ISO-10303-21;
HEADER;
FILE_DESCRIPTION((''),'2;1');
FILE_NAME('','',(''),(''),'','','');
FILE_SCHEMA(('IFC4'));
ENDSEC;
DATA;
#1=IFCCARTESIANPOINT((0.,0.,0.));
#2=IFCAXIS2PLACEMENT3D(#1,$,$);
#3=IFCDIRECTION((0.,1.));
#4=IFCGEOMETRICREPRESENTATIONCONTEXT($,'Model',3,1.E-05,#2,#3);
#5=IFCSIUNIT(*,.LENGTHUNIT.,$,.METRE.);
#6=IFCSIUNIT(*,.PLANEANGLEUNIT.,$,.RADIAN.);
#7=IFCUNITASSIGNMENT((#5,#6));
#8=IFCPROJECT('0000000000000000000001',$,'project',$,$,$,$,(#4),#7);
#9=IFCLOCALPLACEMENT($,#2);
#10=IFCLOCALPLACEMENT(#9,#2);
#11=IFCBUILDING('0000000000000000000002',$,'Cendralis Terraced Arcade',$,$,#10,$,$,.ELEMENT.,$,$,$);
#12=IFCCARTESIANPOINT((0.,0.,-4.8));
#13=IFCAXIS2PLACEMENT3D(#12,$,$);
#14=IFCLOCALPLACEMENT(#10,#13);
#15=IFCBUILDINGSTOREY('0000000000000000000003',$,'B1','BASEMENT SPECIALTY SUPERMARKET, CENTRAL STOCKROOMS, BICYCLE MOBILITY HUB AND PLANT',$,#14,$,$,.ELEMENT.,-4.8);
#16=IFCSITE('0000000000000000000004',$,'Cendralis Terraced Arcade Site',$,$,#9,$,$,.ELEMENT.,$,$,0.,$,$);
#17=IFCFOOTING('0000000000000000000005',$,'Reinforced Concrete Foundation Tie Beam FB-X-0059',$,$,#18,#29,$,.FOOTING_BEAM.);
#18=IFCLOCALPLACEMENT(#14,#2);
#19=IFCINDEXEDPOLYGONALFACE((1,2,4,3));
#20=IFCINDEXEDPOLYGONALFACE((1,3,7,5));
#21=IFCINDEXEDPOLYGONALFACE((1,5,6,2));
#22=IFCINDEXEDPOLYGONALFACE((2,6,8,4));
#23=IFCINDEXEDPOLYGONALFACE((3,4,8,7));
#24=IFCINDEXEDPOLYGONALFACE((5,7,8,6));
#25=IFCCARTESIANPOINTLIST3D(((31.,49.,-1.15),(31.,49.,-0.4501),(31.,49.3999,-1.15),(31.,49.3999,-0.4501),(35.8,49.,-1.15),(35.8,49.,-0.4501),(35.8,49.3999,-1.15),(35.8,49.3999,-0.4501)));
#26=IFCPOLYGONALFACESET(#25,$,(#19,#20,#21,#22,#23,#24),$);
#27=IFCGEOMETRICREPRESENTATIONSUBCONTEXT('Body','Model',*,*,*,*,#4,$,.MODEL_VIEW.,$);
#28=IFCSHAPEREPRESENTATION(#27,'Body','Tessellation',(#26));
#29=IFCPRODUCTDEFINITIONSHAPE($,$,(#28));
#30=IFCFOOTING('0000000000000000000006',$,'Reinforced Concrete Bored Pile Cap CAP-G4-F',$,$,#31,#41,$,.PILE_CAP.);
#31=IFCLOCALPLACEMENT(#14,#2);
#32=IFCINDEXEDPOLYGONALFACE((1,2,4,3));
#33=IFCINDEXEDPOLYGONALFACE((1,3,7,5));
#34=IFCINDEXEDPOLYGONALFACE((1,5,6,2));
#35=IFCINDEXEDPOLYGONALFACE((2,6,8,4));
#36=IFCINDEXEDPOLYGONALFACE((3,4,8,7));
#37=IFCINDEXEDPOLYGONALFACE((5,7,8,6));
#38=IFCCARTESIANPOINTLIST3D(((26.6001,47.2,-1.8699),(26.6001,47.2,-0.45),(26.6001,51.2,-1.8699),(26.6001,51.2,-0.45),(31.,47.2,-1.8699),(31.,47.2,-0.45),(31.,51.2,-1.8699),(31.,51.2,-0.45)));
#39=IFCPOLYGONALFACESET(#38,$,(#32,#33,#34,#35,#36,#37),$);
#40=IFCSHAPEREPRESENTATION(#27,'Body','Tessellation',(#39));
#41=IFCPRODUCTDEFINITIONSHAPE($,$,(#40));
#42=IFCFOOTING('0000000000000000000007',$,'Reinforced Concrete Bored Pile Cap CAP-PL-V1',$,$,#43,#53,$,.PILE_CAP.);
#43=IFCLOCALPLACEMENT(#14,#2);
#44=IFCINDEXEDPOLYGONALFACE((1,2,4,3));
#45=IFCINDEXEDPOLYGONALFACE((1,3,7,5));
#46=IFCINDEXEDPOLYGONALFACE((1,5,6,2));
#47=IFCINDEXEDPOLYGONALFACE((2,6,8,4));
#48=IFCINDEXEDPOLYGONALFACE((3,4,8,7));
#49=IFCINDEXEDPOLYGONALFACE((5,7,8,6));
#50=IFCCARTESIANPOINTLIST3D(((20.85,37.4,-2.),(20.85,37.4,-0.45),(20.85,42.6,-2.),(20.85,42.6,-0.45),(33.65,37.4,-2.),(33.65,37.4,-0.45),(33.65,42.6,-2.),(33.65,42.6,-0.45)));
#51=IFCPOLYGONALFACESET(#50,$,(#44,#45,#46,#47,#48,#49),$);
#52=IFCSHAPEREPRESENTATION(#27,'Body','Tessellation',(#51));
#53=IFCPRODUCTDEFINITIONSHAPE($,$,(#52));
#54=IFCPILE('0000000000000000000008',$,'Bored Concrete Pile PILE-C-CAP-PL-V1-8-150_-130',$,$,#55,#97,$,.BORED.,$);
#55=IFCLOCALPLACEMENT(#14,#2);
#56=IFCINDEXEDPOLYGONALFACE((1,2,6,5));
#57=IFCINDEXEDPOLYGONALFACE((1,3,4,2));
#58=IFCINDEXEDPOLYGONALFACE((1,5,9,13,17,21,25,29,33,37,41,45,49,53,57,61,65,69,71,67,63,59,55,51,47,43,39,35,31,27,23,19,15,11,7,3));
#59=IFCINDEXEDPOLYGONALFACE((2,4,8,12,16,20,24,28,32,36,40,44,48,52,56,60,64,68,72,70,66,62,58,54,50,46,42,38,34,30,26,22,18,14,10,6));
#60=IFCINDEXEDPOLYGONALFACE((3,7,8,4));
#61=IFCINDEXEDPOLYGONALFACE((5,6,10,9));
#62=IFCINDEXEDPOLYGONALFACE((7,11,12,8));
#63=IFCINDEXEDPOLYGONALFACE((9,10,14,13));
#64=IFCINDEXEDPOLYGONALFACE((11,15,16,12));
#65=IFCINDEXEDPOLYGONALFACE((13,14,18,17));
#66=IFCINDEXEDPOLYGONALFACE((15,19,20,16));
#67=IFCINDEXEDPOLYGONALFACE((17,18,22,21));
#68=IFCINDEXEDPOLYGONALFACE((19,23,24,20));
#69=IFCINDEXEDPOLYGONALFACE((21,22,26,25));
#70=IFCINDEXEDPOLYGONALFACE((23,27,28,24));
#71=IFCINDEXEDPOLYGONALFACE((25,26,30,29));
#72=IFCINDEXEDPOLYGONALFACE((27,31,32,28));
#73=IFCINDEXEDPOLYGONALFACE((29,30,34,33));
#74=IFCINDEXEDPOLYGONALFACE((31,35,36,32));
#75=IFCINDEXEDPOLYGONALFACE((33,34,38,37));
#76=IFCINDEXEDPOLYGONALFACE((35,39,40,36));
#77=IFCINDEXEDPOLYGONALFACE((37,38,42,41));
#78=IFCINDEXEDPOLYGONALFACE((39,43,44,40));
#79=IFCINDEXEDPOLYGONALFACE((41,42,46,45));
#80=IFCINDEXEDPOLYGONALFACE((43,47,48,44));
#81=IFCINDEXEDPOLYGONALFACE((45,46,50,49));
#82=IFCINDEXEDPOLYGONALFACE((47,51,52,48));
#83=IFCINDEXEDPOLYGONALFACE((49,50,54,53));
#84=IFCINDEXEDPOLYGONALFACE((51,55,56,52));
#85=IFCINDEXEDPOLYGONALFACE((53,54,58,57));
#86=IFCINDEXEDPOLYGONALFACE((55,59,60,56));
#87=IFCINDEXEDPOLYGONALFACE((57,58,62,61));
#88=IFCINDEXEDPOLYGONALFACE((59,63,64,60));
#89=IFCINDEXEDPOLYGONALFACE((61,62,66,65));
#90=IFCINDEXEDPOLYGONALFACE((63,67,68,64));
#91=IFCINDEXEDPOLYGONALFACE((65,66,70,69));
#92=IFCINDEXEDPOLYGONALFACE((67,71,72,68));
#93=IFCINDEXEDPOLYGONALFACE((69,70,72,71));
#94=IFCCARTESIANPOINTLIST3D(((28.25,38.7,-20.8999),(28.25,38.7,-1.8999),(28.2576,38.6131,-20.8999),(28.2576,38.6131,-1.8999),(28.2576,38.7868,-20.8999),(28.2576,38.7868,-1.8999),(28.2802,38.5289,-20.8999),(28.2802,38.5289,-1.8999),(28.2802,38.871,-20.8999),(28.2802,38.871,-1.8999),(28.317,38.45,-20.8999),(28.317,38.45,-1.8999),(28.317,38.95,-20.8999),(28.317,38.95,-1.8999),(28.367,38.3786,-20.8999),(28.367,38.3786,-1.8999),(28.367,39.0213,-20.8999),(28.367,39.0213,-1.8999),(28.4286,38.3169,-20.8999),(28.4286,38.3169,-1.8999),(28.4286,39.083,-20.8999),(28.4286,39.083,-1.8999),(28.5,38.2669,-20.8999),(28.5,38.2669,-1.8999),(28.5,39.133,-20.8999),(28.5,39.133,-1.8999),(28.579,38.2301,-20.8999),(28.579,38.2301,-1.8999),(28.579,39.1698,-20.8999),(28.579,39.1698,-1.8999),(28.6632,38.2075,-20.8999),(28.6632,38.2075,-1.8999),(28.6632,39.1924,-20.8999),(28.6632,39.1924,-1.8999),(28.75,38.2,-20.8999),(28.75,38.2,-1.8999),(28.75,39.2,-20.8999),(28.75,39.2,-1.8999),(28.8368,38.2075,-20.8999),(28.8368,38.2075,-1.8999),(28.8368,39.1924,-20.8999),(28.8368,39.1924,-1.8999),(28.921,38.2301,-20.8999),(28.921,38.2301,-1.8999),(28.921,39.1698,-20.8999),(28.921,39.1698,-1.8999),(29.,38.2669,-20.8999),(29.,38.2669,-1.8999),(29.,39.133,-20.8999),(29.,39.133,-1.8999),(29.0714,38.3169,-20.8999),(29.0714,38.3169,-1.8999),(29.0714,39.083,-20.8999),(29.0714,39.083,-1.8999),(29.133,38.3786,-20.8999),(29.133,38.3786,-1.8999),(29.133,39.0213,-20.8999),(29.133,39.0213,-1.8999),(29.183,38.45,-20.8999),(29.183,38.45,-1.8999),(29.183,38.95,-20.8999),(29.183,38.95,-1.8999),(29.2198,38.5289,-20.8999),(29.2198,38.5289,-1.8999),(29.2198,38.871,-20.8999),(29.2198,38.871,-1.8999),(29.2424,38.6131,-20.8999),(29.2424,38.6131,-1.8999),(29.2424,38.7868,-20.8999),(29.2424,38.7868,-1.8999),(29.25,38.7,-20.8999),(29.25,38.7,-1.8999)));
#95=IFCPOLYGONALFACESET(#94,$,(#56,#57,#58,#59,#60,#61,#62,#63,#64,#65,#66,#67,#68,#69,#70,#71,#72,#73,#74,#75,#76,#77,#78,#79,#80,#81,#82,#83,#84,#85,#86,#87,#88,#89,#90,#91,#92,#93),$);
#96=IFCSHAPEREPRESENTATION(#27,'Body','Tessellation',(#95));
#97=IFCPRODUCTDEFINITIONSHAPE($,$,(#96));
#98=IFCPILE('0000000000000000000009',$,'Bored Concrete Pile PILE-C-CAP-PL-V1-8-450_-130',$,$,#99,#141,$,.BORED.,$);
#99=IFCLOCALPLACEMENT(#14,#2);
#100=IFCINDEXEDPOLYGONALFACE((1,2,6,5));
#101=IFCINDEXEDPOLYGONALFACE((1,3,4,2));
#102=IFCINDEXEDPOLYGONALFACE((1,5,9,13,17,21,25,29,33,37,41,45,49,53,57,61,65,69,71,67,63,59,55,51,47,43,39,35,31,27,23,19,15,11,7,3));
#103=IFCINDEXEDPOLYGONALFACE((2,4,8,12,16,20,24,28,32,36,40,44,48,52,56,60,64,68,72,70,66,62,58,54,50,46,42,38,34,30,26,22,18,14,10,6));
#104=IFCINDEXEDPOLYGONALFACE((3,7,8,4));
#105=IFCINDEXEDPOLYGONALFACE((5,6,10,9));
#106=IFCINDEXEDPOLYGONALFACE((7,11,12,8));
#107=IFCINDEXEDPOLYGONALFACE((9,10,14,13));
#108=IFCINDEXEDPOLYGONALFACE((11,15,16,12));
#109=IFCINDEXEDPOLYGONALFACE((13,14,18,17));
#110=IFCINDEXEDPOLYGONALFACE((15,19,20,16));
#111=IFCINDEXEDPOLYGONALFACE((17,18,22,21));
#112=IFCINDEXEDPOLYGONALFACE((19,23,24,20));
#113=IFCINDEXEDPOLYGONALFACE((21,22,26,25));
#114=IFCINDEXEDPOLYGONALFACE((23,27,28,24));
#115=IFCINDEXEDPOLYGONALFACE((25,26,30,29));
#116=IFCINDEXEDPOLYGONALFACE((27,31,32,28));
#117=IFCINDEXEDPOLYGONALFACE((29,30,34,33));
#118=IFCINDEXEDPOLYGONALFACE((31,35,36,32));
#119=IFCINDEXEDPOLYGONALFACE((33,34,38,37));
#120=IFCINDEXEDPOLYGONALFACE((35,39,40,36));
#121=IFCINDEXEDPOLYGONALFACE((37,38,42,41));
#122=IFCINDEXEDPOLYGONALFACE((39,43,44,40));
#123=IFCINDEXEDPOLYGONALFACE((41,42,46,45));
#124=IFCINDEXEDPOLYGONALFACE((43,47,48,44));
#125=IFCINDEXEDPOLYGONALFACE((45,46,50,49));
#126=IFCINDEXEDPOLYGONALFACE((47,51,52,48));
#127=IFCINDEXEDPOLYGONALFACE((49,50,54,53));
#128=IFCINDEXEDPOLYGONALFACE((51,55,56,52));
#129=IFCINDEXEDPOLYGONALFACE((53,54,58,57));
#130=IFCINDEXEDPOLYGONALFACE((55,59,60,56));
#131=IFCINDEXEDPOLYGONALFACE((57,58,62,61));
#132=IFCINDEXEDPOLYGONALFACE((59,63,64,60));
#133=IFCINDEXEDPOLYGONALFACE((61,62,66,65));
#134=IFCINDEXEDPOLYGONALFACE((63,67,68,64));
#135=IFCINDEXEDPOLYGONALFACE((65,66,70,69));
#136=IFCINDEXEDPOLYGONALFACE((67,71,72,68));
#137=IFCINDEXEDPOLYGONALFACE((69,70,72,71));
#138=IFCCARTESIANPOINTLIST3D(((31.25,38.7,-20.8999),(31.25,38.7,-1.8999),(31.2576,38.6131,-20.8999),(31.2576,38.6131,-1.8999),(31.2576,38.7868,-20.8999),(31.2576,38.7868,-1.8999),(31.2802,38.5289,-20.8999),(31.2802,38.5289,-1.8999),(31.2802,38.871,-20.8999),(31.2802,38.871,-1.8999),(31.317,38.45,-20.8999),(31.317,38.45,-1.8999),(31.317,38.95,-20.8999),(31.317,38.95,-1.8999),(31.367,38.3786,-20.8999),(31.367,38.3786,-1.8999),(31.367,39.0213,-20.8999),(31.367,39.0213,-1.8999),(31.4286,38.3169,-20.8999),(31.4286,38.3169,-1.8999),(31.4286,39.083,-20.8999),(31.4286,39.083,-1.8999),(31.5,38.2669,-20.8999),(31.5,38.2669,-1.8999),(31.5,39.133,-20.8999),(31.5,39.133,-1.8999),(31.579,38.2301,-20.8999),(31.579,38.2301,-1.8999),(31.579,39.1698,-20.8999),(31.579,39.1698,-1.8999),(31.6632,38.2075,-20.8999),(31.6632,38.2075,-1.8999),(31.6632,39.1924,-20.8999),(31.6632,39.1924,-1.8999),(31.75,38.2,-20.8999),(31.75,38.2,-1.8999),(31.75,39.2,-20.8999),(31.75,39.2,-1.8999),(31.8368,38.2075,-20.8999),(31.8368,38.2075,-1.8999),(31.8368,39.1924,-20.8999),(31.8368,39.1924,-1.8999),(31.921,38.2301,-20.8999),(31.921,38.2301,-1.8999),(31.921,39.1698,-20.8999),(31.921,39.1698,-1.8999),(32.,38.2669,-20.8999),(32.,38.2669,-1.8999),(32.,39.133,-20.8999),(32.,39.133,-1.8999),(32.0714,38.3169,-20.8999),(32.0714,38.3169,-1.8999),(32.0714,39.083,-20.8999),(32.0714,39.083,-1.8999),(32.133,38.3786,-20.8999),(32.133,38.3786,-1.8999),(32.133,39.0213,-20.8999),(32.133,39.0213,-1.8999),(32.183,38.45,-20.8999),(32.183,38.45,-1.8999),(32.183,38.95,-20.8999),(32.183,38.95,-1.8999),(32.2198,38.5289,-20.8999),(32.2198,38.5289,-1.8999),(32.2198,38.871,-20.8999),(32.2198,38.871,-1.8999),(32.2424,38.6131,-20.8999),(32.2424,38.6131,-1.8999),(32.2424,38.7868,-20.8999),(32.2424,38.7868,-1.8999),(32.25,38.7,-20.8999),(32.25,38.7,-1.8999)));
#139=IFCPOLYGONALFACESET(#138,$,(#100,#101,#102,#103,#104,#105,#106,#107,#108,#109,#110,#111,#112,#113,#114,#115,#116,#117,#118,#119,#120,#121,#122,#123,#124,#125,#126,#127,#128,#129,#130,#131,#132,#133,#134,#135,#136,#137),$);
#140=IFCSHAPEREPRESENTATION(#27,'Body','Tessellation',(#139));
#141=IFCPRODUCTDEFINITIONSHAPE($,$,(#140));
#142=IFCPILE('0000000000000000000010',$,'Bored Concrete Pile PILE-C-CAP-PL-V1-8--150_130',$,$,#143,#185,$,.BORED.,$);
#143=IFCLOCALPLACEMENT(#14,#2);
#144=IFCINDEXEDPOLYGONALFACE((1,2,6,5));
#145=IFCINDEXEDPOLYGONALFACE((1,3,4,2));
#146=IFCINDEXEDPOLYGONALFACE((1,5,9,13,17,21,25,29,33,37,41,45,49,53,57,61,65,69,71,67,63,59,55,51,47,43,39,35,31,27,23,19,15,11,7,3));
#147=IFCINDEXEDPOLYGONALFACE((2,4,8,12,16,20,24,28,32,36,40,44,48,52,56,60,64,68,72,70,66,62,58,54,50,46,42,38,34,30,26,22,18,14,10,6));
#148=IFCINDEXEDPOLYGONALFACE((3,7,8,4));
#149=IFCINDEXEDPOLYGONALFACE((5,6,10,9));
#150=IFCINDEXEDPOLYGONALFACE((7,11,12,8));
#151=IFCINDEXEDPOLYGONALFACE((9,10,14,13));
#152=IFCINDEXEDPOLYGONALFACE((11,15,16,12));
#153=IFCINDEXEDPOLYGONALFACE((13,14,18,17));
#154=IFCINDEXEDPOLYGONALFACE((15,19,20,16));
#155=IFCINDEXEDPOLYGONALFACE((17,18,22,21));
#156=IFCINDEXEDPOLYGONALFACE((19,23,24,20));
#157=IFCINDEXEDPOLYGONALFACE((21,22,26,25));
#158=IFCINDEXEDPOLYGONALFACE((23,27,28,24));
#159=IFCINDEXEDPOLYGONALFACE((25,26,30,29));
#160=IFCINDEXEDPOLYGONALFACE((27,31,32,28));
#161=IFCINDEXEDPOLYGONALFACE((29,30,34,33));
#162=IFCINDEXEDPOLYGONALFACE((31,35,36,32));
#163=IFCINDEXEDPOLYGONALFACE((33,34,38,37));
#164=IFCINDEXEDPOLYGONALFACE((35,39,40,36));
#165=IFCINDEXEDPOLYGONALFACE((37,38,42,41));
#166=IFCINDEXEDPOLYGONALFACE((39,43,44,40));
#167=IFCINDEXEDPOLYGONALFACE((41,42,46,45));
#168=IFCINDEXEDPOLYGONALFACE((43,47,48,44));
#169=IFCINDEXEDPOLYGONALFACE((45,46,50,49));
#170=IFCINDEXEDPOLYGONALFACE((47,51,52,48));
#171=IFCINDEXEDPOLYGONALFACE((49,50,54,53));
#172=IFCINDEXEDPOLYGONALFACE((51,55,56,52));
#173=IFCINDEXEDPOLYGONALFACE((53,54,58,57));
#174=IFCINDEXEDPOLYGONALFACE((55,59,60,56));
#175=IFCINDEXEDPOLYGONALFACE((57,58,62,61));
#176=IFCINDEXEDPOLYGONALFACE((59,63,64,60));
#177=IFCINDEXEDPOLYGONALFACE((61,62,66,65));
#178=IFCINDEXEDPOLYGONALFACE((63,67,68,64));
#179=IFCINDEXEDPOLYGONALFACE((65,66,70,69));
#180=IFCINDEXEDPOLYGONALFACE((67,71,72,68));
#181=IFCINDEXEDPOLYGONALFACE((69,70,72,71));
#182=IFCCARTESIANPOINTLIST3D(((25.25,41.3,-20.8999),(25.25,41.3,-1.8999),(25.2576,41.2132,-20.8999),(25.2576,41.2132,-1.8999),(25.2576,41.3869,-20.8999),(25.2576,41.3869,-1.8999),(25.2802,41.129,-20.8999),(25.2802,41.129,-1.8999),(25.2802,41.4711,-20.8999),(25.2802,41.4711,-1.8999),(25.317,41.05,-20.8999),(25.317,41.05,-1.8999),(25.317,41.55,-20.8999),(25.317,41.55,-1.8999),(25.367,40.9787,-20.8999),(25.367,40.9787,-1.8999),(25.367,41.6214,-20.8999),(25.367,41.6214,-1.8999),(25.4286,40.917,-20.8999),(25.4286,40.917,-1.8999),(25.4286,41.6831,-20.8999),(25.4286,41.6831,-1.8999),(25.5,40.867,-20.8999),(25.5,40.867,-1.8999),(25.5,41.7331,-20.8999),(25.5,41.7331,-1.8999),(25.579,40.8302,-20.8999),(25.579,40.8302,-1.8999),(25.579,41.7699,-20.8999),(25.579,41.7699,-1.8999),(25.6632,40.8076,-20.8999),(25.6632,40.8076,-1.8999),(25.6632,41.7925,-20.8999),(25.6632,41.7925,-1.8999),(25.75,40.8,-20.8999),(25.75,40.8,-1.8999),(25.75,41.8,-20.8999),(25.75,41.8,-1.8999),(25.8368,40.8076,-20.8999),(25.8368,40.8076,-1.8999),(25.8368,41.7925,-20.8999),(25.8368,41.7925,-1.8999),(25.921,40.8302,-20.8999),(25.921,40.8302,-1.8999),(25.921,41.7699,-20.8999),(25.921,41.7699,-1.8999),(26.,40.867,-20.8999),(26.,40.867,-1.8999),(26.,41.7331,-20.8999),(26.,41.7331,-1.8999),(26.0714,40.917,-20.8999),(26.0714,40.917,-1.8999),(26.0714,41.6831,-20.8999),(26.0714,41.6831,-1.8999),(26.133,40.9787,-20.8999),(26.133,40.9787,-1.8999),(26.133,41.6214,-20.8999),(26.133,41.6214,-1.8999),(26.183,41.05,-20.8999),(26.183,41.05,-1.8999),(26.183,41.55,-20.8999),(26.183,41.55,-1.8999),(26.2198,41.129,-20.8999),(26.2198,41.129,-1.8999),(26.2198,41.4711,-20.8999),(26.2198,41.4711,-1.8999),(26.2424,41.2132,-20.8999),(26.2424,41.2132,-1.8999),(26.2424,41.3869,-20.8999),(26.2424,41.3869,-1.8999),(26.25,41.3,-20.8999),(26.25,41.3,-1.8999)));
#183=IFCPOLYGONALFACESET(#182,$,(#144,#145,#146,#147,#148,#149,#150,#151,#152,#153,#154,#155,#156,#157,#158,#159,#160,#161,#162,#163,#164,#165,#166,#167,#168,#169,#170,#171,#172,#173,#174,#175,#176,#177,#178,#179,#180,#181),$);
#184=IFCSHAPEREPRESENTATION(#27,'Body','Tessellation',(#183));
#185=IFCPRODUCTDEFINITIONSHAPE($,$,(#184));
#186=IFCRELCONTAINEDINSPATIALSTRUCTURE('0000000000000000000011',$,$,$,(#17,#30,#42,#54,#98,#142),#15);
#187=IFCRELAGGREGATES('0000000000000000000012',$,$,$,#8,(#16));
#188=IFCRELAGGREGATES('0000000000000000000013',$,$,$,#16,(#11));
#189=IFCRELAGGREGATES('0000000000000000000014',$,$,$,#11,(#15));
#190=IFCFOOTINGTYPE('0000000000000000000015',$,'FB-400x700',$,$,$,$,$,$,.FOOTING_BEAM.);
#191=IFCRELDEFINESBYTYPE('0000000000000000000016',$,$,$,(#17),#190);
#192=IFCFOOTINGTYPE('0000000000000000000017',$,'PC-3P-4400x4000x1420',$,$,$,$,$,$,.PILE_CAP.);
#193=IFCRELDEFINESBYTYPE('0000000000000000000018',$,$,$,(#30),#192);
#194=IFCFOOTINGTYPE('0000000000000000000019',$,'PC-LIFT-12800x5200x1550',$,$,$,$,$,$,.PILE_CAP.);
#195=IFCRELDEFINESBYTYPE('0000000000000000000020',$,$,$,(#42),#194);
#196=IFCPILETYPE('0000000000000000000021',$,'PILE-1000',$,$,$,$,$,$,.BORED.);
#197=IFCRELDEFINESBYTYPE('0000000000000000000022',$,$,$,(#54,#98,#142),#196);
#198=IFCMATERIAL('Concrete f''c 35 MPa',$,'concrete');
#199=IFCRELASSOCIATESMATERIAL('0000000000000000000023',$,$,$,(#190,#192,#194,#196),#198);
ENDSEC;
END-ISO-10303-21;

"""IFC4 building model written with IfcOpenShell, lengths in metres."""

from ifc_helpers import new_model, si_unit, direction, frame, origin, origin_2d, place, context, subcontext, project, spatial, rectangle, circle, extrude, material, material_profile, profile_set, type_object, element, save


model = new_model("IFC4")

# Units and contexts
model_context = context("Model", 3, precision=1e-05, world=origin(), true_north=direction((0.0, 1.0)))
body_context = subcontext(model_context, "Body", "Model", "MODEL_VIEW")
ifc_project = project(units=[si_unit("LENGTHUNIT", "METRE"), si_unit("PLANEANGLEUNIT", "RADIAN")], contexts=[model_context])

# Site, building, storey
site_placement = place(None, origin())
site = spatial("IfcSite", under=ifc_project, at=site_placement, Name="Cendralis Terraced Arcade Site", CompositionType="ELEMENT", RefElevation=0.0)
building_placement = place(site_placement, origin())
building = spatial("IfcBuilding", under=site, at=building_placement, Name="Cendralis Terraced Arcade", CompositionType="ELEMENT")
storey_placement = place(building_placement, frame((0.0, 0.0, -4.8)))
storey = spatial("IfcBuildingStorey", under=building, at=storey_placement, Name="B1", Description="BASEMENT SPECIALTY SUPERMARKET, CENTRAL STOCKROOMS, BICYCLE MOBILITY HUB AND PLANT", CompositionType="ELEMENT", Elevation=-4.8)

# Footings
ifc_material_1 = material(Name="Concrete f'c 35 MPa", Category="concrete")
ifc_material_profile_1 = material_profile(ifc_material_1, rectangle(XDim=0.3999, YDim=0.7, at=origin_2d()), Name="FB-400x700", Category="LoadBearing")
ifc_profile_set_1 = profile_set([ifc_material_profile_1], Name="Concrete f'c 35 MPa")
footing_type_1 = type_object("IfcFootingType", Name="FB-400x700", PredefinedType="FOOTING_BEAM", material=ifc_profile_set_1)
footing_1_placement = place(storey_placement, frame((31.0, 49.2, -0.8), z_axis=(1.0, 0.0, 0.0), x_axis=(0.0, 1.0, 0.0)))
element("IfcFooting", 1, at=footing_1_placement, inside=storey, type_object=footing_type_1, Name="Reinforced Concrete Foundation Tie Beam FB-X-0059", PredefinedType="FOOTING_BEAM", context=body_context, shape_type="SweptSolid", body=[
    extrude(rectangle(XDim=0.3999, YDim=0.7, at=origin_2d()), origin(), (0.0, 0.0, 1.0), 4.8),
])
footing_type_2 = type_object("IfcFootingType", Name="PC-3P-4400x4000x1420", PredefinedType="PILE_CAP", material=ifc_material_1)
footing_2_placement = place(storey_placement, frame((28.8, 49.2, -1.8699), z_axis=(0.0, 0.0, 1.0), x_axis=(1.0, 0.0, 0.0)))
element("IfcFooting", 2, at=footing_2_placement, inside=storey, type_object=footing_type_2, Name="Reinforced Concrete Bored Pile Cap CAP-G4-F", PredefinedType="PILE_CAP", context=body_context, shape_type="SweptSolid", body=[
    extrude(rectangle(XDim=4.3999, YDim=4.0, at=origin_2d()), origin(), (0.0, 0.0, 1.0), 1.4199),
])
footing_type_3 = type_object("IfcFootingType", Name="PC-LIFT-12800x5200x1550", PredefinedType="PILE_CAP", material=ifc_material_1)
footing_3_placement = place(storey_placement, frame((27.25, 40.0, -2.0), z_axis=(0.0, 0.0, 1.0), x_axis=(1.0, 0.0, 0.0)))
element("IfcFooting", 3, at=footing_3_placement, inside=storey, type_object=footing_type_3, Name="Reinforced Concrete Bored Pile Cap CAP-PL-V1", PredefinedType="PILE_CAP", context=body_context, shape_type="SweptSolid", body=[
    extrude(rectangle(XDim=12.8, YDim=5.2, at=origin_2d()), origin(), (0.0, 0.0, 1.0), 1.55),
])

# Piles
ifc_material_profile_2 = material_profile(ifc_material_1, circle(Radius=0.5, at=origin_2d()), Name="PILE-D1000", Category="LoadBearing")
ifc_profile_set_2 = profile_set([ifc_material_profile_2], Name="Concrete f'c 35 MPa")
pile_type_1 = type_object("IfcPileType", Name="PILE-1000", PredefinedType="BORED", material=ifc_profile_set_2)
for number, where, z_axis, x_axis, name in (
    (4, (28.75, 38.7, -1.8999), (0.0, 0.0, -1.0), (1.0, 0.0, 0.0), "Bored Concrete Pile PILE-C-CAP-PL-V1-8-150_-130"),
    (5, (31.75, 38.7, -1.8999), (0.0, 0.0, -1.0), (1.0, 0.0, 0.0), "Bored Concrete Pile PILE-C-CAP-PL-V1-8-450_-130"),
    (6, (25.75, 41.3, -1.8999), (0.0, 0.0, -1.0), (1.0, 0.0, 0.0), "Bored Concrete Pile PILE-C-CAP-PL-V1-8--150_130"),
):
    element("IfcPile", number, at=place(storey_placement, frame(where, z_axis=z_axis, x_axis=x_axis)), inside=storey, type_object=pile_type_1, Name=name, PredefinedType="BORED", context=body_context, shape_type="SweptSolid", body=[
        extrude(circle(Radius=0.5, at=origin_2d()), origin(), (0.0, 0.0, 1.0), 19.0),
    ])

save(model, "model.ifc")
